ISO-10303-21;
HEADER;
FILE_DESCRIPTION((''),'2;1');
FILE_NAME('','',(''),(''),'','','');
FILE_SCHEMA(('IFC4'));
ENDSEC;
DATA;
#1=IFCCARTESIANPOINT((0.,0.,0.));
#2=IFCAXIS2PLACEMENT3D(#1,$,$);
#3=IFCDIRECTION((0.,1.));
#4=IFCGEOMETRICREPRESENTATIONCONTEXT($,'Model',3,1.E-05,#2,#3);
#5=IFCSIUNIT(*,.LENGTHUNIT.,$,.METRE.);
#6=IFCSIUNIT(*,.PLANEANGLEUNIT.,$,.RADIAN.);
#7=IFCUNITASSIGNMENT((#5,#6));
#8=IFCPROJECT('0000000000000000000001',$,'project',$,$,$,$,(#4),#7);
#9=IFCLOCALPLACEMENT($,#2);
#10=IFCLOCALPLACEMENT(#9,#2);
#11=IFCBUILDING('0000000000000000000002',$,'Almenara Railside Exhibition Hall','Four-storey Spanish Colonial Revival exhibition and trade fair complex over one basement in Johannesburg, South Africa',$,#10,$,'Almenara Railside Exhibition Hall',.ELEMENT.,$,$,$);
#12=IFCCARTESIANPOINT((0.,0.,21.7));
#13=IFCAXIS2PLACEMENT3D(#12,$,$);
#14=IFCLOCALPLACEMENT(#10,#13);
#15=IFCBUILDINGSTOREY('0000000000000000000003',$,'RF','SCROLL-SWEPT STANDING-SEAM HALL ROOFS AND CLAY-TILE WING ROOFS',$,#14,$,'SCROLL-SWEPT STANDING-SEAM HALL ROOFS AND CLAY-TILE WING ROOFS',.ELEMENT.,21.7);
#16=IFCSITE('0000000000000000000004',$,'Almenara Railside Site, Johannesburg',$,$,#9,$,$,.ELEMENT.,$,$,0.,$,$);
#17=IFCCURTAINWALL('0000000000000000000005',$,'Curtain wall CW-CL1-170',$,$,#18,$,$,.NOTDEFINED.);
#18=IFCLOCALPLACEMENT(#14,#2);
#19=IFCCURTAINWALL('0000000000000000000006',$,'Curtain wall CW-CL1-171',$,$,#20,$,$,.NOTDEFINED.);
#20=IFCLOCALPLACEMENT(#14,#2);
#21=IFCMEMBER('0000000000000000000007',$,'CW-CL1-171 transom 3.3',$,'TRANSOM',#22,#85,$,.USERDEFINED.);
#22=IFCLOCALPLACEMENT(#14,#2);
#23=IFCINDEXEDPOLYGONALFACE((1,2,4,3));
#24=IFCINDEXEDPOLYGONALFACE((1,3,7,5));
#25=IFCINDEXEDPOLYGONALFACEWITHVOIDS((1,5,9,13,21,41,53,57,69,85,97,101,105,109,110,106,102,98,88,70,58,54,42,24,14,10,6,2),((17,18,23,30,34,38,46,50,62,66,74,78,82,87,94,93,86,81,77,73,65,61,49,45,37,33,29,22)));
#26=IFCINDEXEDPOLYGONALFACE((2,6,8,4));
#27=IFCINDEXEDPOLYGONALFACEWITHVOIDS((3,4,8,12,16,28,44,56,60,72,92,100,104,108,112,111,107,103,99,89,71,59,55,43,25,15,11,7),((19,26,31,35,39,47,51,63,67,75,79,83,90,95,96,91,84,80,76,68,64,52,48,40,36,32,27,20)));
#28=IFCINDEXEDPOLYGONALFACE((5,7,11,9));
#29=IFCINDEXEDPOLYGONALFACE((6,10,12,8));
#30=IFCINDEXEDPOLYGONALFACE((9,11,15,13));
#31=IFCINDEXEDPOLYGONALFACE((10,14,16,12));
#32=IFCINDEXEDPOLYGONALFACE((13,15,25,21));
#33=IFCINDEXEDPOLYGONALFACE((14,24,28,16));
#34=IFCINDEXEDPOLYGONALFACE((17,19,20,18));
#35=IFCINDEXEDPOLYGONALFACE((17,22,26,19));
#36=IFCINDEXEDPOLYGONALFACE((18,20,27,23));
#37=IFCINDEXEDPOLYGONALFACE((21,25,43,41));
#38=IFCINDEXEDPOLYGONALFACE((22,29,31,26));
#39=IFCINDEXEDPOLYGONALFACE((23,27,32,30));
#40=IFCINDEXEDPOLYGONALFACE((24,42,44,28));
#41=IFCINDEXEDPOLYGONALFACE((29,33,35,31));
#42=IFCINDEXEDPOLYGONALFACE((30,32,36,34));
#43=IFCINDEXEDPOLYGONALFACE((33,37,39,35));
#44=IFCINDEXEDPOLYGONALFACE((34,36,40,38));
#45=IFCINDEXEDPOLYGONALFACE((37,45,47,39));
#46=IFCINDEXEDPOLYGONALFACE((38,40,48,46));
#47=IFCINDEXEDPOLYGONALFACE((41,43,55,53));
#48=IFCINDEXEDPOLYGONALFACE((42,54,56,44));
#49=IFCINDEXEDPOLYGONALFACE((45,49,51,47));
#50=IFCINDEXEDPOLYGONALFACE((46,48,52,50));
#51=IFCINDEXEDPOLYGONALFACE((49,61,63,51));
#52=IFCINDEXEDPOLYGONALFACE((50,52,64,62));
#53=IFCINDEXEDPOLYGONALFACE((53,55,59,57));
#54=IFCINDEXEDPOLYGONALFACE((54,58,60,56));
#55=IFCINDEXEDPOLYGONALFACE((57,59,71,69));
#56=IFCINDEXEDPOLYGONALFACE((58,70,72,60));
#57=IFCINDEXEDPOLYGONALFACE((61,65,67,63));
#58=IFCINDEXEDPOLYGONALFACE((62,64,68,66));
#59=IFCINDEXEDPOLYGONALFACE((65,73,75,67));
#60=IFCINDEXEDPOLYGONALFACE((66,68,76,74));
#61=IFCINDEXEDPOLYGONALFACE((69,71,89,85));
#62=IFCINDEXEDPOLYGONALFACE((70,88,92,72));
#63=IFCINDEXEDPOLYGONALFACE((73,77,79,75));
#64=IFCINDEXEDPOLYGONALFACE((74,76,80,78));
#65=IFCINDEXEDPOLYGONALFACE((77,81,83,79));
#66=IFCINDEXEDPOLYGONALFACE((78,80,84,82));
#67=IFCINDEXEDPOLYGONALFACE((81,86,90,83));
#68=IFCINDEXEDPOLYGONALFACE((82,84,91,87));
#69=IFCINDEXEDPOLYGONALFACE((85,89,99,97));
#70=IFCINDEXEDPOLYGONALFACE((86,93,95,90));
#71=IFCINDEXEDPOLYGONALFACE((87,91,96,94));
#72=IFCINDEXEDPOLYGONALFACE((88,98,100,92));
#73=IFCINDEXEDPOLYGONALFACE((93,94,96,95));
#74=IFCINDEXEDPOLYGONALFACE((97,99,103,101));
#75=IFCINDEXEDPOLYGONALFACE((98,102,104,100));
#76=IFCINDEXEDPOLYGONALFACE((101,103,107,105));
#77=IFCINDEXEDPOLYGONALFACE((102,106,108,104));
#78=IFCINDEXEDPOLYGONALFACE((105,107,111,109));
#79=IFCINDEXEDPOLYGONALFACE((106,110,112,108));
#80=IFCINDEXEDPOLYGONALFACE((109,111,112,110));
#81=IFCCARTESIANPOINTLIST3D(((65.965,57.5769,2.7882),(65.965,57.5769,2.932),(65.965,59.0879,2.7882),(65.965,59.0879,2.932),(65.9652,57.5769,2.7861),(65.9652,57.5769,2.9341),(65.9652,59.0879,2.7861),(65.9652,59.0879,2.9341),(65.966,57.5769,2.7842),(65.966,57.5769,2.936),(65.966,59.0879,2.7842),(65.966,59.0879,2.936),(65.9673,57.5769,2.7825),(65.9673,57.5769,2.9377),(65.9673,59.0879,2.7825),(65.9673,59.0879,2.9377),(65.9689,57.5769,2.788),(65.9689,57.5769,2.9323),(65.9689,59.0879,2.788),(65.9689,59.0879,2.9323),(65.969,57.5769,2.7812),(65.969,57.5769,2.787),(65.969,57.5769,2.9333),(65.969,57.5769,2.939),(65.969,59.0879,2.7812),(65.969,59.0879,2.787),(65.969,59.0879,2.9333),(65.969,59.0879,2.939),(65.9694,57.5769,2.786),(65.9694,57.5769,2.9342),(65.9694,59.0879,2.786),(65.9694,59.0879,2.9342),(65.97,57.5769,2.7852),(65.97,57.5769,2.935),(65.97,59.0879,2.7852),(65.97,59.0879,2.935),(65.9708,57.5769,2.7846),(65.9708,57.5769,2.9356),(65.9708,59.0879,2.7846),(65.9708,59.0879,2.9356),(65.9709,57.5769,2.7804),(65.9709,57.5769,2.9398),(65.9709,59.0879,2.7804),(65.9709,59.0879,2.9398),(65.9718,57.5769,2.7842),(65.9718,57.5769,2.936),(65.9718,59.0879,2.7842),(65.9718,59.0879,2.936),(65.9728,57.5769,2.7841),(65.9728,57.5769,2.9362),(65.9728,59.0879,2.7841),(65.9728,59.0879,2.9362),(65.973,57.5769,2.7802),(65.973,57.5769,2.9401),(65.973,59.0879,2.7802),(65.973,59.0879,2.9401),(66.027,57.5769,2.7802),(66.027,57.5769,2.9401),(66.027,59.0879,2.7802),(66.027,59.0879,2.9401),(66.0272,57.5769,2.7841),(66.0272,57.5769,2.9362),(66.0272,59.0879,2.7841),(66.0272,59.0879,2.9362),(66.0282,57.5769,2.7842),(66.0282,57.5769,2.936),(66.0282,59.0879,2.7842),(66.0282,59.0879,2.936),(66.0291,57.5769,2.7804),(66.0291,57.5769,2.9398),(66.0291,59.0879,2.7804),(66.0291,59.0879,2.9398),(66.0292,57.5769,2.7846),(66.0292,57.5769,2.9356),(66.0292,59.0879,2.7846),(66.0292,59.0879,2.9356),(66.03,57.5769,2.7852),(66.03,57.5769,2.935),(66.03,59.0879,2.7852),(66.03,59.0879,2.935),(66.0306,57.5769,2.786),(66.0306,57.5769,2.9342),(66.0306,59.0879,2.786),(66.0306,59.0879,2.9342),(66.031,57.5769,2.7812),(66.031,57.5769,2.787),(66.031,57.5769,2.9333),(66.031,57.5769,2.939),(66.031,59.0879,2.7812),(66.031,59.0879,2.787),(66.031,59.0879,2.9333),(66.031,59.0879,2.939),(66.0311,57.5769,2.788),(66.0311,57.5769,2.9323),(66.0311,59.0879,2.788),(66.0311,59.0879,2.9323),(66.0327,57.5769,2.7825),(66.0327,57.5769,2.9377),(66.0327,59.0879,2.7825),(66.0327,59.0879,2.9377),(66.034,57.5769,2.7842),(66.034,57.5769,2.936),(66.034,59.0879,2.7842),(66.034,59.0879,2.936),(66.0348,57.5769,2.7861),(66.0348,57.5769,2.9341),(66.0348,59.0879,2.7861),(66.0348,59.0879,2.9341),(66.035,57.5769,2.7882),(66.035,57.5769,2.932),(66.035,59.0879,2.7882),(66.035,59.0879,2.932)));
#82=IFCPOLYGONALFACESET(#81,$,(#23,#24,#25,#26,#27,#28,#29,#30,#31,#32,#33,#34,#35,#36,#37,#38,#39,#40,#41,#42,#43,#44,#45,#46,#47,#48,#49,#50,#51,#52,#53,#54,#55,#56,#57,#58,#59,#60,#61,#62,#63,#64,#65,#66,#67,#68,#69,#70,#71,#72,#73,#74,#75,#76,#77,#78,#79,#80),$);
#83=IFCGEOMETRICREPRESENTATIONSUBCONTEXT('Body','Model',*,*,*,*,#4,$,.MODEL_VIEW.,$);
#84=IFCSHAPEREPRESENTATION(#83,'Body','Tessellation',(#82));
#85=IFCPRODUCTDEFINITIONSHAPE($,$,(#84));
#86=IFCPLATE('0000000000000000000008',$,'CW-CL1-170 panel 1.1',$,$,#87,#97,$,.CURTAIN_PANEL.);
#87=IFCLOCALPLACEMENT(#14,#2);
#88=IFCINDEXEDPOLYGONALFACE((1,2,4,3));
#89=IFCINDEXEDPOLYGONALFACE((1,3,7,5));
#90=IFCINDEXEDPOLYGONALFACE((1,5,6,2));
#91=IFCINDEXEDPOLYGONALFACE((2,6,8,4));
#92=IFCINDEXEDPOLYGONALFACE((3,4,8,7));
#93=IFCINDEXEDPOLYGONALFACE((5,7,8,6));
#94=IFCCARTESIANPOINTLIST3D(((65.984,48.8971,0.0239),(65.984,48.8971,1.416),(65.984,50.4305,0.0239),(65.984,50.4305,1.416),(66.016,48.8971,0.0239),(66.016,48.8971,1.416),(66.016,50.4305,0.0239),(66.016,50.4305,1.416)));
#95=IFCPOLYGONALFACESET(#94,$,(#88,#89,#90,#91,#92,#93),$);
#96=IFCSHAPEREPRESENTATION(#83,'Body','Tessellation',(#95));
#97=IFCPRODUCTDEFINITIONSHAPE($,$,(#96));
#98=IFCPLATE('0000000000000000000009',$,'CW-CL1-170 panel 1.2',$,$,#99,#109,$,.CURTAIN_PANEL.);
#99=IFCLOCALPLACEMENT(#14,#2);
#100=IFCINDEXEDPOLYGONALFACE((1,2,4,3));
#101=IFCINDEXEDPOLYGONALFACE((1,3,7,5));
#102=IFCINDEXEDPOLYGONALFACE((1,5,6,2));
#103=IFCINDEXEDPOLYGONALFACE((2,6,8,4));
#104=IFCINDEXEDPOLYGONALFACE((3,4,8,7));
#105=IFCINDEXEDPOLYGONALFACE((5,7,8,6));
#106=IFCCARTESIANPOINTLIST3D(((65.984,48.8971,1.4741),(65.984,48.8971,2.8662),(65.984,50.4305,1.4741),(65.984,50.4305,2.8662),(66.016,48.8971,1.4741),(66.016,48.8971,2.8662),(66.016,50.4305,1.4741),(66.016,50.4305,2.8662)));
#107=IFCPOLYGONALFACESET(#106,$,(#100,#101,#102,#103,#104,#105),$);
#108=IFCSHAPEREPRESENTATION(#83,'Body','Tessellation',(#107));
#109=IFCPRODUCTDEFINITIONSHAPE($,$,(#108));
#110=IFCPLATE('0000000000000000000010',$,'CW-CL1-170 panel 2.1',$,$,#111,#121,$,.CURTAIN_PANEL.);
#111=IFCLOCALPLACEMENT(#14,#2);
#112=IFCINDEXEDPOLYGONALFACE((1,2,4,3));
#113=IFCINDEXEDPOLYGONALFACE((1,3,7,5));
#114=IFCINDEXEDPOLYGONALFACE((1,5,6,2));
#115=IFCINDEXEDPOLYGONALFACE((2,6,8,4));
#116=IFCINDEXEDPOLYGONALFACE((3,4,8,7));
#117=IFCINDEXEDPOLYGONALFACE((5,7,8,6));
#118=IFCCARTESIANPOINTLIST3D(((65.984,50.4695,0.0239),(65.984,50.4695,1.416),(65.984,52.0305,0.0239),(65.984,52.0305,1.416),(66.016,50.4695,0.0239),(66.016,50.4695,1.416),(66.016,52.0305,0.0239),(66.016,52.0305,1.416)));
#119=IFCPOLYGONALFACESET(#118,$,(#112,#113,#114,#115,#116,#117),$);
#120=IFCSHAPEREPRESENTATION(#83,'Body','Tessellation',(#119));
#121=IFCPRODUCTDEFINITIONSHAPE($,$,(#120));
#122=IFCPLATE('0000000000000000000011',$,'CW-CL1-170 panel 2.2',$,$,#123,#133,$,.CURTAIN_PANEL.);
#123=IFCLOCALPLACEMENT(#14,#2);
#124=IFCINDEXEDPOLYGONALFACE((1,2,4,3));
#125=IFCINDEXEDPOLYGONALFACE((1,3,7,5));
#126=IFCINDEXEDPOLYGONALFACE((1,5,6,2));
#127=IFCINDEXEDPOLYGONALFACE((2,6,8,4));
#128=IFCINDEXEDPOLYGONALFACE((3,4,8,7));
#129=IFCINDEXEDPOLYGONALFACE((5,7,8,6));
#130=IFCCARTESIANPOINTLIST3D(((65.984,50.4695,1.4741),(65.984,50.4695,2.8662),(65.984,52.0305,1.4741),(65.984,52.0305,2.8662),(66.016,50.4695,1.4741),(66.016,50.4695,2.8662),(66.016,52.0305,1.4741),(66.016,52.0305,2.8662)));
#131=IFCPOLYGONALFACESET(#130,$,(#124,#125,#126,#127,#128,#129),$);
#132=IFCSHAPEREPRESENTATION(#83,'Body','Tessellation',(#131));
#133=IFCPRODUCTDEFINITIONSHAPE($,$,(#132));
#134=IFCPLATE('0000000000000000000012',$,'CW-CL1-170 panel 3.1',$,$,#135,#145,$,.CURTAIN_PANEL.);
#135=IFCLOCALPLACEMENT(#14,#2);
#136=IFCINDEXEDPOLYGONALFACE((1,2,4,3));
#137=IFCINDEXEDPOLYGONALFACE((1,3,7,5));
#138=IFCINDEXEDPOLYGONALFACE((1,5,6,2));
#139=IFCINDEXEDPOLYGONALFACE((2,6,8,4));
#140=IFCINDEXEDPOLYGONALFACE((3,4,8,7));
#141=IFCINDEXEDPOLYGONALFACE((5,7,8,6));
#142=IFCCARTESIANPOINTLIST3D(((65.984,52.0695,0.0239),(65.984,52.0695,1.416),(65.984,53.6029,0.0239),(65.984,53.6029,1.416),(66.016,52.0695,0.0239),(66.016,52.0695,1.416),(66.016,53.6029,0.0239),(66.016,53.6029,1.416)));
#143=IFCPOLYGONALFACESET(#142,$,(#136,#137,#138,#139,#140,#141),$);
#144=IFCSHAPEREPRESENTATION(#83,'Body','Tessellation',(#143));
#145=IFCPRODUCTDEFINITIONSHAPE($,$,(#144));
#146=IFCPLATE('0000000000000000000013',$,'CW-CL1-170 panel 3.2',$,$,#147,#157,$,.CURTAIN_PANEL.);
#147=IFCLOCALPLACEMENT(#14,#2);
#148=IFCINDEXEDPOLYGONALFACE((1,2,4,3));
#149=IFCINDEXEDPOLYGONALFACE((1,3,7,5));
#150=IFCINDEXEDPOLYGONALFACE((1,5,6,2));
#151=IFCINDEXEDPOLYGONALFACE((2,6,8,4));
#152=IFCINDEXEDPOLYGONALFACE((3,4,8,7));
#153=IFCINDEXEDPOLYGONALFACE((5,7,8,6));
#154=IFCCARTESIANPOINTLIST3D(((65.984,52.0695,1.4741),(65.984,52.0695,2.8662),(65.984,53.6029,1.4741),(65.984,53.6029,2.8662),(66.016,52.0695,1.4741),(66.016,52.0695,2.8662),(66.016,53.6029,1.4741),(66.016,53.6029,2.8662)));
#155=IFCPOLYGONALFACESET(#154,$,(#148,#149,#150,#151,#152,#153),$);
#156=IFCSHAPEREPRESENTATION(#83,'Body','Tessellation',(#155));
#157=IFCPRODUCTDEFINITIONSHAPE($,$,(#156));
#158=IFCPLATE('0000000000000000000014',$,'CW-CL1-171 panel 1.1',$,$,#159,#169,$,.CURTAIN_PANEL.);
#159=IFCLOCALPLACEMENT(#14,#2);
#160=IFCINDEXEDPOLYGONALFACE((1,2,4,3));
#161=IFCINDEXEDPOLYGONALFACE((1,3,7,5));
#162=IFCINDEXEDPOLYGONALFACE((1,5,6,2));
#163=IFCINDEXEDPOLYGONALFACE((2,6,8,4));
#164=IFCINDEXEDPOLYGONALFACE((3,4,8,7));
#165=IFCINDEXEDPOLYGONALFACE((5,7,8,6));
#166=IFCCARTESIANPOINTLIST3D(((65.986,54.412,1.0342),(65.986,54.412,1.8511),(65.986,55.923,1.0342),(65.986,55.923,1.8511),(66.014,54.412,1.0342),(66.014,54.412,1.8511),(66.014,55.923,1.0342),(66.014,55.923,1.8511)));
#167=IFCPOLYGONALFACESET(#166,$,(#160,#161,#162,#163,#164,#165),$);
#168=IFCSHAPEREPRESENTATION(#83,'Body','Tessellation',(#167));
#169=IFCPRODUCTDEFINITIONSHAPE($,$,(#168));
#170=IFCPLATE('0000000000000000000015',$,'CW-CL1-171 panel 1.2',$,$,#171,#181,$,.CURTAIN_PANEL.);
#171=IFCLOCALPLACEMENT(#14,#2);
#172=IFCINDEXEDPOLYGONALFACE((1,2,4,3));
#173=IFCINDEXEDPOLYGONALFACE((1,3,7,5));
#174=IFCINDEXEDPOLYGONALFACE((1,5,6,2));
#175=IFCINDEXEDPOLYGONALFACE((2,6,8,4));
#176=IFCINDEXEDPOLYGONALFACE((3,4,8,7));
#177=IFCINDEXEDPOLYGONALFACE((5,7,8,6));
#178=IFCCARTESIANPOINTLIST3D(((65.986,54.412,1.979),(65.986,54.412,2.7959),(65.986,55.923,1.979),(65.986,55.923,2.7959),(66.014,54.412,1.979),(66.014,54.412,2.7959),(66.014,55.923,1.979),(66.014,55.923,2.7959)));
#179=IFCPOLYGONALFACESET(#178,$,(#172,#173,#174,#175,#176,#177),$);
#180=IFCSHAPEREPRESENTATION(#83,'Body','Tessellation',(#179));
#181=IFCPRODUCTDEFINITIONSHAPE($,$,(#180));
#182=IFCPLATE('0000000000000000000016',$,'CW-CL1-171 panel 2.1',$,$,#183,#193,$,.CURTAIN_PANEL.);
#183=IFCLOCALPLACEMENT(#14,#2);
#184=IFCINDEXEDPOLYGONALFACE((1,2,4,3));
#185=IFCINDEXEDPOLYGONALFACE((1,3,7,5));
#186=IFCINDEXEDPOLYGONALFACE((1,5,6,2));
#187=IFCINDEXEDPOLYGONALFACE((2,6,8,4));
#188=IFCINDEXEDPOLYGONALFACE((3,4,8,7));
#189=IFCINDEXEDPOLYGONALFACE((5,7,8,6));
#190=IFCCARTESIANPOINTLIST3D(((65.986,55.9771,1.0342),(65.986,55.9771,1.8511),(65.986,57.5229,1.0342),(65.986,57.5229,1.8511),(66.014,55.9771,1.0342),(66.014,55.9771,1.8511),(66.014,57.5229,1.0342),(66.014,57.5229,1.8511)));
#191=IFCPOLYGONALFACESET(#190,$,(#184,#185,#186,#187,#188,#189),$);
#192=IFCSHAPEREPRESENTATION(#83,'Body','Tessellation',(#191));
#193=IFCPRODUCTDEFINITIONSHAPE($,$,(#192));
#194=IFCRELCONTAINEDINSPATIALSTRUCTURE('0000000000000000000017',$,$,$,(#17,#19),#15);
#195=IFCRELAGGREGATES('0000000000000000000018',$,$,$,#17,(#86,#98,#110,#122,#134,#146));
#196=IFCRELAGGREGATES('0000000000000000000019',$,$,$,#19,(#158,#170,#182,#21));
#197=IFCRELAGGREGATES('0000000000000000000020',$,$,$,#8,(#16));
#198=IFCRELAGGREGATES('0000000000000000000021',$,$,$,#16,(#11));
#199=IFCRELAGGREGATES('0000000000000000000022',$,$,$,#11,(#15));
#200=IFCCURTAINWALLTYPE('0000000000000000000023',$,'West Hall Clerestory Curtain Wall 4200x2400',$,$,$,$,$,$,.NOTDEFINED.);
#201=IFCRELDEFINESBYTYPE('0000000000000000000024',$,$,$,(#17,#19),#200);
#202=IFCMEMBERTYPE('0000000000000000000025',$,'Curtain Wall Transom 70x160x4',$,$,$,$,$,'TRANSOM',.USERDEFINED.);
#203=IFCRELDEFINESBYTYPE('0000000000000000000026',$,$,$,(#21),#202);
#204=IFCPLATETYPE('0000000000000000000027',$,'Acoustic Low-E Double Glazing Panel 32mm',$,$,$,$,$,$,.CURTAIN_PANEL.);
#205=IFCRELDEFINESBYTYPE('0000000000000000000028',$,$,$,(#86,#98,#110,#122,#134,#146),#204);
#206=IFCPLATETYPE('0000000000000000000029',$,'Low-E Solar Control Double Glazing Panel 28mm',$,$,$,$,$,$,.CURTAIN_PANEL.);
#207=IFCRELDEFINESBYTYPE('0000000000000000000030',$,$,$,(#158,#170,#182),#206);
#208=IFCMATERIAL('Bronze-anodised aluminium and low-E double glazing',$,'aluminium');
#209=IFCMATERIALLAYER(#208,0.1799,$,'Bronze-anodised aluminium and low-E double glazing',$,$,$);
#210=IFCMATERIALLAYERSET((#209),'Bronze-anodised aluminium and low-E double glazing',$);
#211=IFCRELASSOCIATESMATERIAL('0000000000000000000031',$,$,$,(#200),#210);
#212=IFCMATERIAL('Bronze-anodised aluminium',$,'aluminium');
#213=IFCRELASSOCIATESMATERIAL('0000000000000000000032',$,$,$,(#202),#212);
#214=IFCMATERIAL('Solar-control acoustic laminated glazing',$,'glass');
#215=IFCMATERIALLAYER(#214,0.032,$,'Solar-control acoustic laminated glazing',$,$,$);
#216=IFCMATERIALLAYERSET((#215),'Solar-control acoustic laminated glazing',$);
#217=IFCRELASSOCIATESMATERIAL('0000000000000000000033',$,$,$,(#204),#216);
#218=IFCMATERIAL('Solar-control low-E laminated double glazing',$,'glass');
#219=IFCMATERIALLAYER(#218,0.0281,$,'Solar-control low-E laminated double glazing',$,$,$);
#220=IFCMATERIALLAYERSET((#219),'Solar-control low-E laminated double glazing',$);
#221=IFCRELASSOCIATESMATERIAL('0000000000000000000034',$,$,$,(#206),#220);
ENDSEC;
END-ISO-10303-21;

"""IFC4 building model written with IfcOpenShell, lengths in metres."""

from ifc_helpers import new_model, si_unit, direction, frame, origin, origin_2d, place, context, subcontext, project, spatial, rectangle, hollow_rectangle, extrude, material, layer, layer_set, material_profile, profile_set, type_object, element, aggregate, save


model = new_model("IFC4")

# Units and contexts
model_context = context("Model", 3, precision=1e-05, world=origin(), true_north=direction((0.0, 1.0)))
body_context = subcontext(model_context, "Body", "Model", "MODEL_VIEW")
ifc_project = project(units=[si_unit("LENGTHUNIT", "METRE"), si_unit("PLANEANGLEUNIT", "RADIAN")], contexts=[model_context])

# Site, building, storey
site_placement = place(None, origin())
site = spatial("IfcSite", under=ifc_project, at=site_placement, Name="Almenara Railside Site, Johannesburg", CompositionType="ELEMENT", RefElevation=0.0)
building_placement = place(site_placement, origin())
building = spatial("IfcBuilding", under=site, at=building_placement, Name="Almenara Railside Exhibition Hall", Description="Four-storey Spanish Colonial Revival exhibition and trade fair complex over one basement in Johannesburg, South Africa", LongName="Almenara Railside Exhibition Hall", CompositionType="ELEMENT")
storey_placement = place(building_placement, frame((0.0, 0.0, 21.7)))
storey = spatial("IfcBuildingStorey", under=building, at=storey_placement, Name="RF", Description="SCROLL-SWEPT STANDING-SEAM HALL ROOFS AND CLAY-TILE WING ROOFS", LongName="SCROLL-SWEPT STANDING-SEAM HALL ROOFS AND CLAY-TILE WING ROOFS", CompositionType="ELEMENT", Elevation=21.7)

# Curtain walls
ifc_material_1 = material(Name="Bronze-anodised aluminium and low-E double glazing", Category="aluminium")
ifc_layer_1 = layer(ifc_material_1, 0.1799, Name="Bronze-anodised aluminium and low-E double glazing")
ifc_layer_set_1 = layer_set([ifc_layer_1], Name="Bronze-anodised aluminium and low-E double glazing")
curtain_wall_type = type_object("IfcCurtainWallType", Name="West Hall Clerestory Curtain Wall 4200x2400", PredefinedType="NOTDEFINED", material=ifc_layer_set_1)
curtain_wall_1_placement = place(storey_placement, origin())
curtain_wall_1 = element("IfcCurtainWall", 1, at=curtain_wall_1_placement, inside=storey, type_object=curtain_wall_type, Name="Curtain wall CW-CL1-170", PredefinedType="NOTDEFINED")
ifc_material_2 = material(Name="Bronze-anodised aluminium", Category="aluminium")
curtain_wall_2_placement = place(storey_placement, origin())
curtain_wall_2 = element("IfcCurtainWall", 2, at=curtain_wall_2_placement, inside=storey, type_object=curtain_wall_type, Name="Curtain wall CW-CL1-171", PredefinedType="NOTDEFINED")

# Member
ifc_material_profile_1 = material_profile(ifc_material_2, hollow_rectangle(XDim=0.0701, YDim=0.1599, WallThickness=0.0039, InnerFilletRadius=0.0039, OuterFilletRadius=0.0081, at=origin_2d()), Name="ALU-TRN 70x160x4")
ifc_profile_set_1 = profile_set([ifc_material_profile_1], Name="Bronze-anodised aluminium")
member_type_1 = type_object("IfcMemberType", Name="Curtain Wall Transom 70x160x4", ElementType="TRANSOM", PredefinedType="USERDEFINED", material=ifc_profile_set_1)
member_1_placement = place(storey_placement, frame((66.0, 57.5769, 2.8601), z_axis=(0.0, 1.0, 0.0), x_axis=(-1.0, 0.0, 0.0)))
member_1 = element("IfcMember", 3, at=member_1_placement, type_object=member_type_1, Name="CW-CL1-171 transom 3.3", ObjectType="TRANSOM", PredefinedType="USERDEFINED", context=body_context, shape_type="SweptSolid", body=[
    extrude(hollow_rectangle(XDim=0.0701, YDim=0.1599, WallThickness=0.0039, InnerFilletRadius=0.0039, OuterFilletRadius=0.0081, at=origin_2d()), origin(), (0.0, 0.0, 1.0), 1.511),
])

# Plates
ifc_material_3 = material(Name="Solar-control acoustic laminated glazing", Category="glass")
ifc_layer_2 = layer(ifc_material_3, 0.032, Name="Solar-control acoustic laminated glazing")
ifc_layer_set_2 = layer_set([ifc_layer_2], Name="Solar-control acoustic laminated glazing")
plate_type_1 = type_object("IfcPlateType", Name="Acoustic Low-E Double Glazing Panel 32mm", PredefinedType="CURTAIN_PANEL", material=ifc_layer_set_2)
plate_1_placement = place(storey_placement, frame((66.0, 49.6638, 0.0239), z_axis=(0.0, 0.0, 1.0), x_axis=(0.0, 1.0, 0.0)))
plate_1 = element("IfcPlate", 4, at=plate_1_placement, type_object=plate_type_1, Name="CW-CL1-170 panel 1.1", PredefinedType="CURTAIN_PANEL", context=body_context, shape_type="SweptSolid", body=[
    extrude(rectangle(XDim=1.5334, YDim=0.032, at=origin_2d()), origin(), (0.0, 0.0, 1.0), 1.3921),
])
plate_2_placement = place(storey_placement, frame((66.0, 49.6638, 1.4741), z_axis=(0.0, 0.0, 1.0), x_axis=(0.0, 1.0, 0.0)))
plate_2 = element("IfcPlate", 5, at=plate_2_placement, type_object=plate_type_1, Name="CW-CL1-170 panel 1.2", PredefinedType="CURTAIN_PANEL", context=body_context, shape_type="SweptSolid", body=[
    extrude(rectangle(XDim=1.5334, YDim=0.032, at=origin_2d()), origin(), (0.0, 0.0, 1.0), 1.3921),
])
plate_3_placement = place(storey_placement, frame((66.0, 51.25, 0.0239), z_axis=(0.0, 0.0, 1.0), x_axis=(0.0, 1.0, 0.0)))
plate_3 = element("IfcPlate", 6, at=plate_3_placement, type_object=plate_type_1, Name="CW-CL1-170 panel 2.1", PredefinedType="CURTAIN_PANEL", context=body_context, shape_type="SweptSolid", body=[
    extrude(rectangle(XDim=1.561, YDim=0.032, at=origin_2d()), origin(), (0.0, 0.0, 1.0), 1.3921),
])
plate_4_placement = place(storey_placement, frame((66.0, 51.25, 1.4741), z_axis=(0.0, 0.0, 1.0), x_axis=(0.0, 1.0, 0.0)))
plate_4 = element("IfcPlate", 7, at=plate_4_placement, type_object=plate_type_1, Name="CW-CL1-170 panel 2.2", PredefinedType="CURTAIN_PANEL", context=body_context, shape_type="SweptSolid", body=[
    extrude(rectangle(XDim=1.561, YDim=0.032, at=origin_2d()), origin(), (0.0, 0.0, 1.0), 1.3921),
])
plate_5_placement = place(storey_placement, frame((66.0, 52.8362, 0.0239), z_axis=(0.0, 0.0, 1.0), x_axis=(0.0, 1.0, 0.0)))
plate_5 = element("IfcPlate", 8, at=plate_5_placement, type_object=plate_type_1, Name="CW-CL1-170 panel 3.1", PredefinedType="CURTAIN_PANEL", context=body_context, shape_type="SweptSolid", body=[
    extrude(rectangle(XDim=1.5334, YDim=0.032, at=origin_2d()), origin(), (0.0, 0.0, 1.0), 1.3921),
])
plate_6_placement = place(storey_placement, frame((66.0, 52.8362, 1.4741), z_axis=(0.0, 0.0, 1.0), x_axis=(0.0, 1.0, 0.0)))
plate_6 = element("IfcPlate", 9, at=plate_6_placement, type_object=plate_type_1, Name="CW-CL1-170 panel 3.2", PredefinedType="CURTAIN_PANEL", context=body_context, shape_type="SweptSolid", body=[
    extrude(rectangle(XDim=1.5334, YDim=0.032, at=origin_2d()), origin(), (0.0, 0.0, 1.0), 1.3921),
])
aggregate(curtain_wall_1, [plate_1, plate_2, plate_3, plate_4, plate_5, plate_6])
ifc_material_4 = material(Name="Solar-control low-E laminated double glazing", Category="glass")
ifc_layer_3 = layer(ifc_material_4, 0.0281, Name="Solar-control low-E laminated double glazing")
ifc_layer_set_3 = layer_set([ifc_layer_3], Name="Solar-control low-E laminated double glazing")
plate_type_2 = type_object("IfcPlateType", Name="Low-E Solar Control Double Glazing Panel 28mm", PredefinedType="CURTAIN_PANEL", material=ifc_layer_set_3)
plate_7_placement = place(storey_placement, frame((66.0, 55.1675, 1.0342), z_axis=(0.0, 0.0, 1.0), x_axis=(0.0, 1.0, 0.0)))
plate_7 = element("IfcPlate", 10, at=plate_7_placement, type_object=plate_type_2, Name="CW-CL1-171 panel 1.1", PredefinedType="CURTAIN_PANEL", context=body_context, shape_type="SweptSolid", body=[
    extrude(rectangle(XDim=1.511, YDim=0.0281, at=origin_2d()), origin(), (0.0, 0.0, 1.0), 0.8169),
])
plate_8_placement = place(storey_placement, frame((66.0, 55.1675, 1.979), z_axis=(0.0, 0.0, 1.0), x_axis=(0.0, 1.0, 0.0)))
plate_8 = element("IfcPlate", 11, at=plate_8_placement, type_object=plate_type_2, Name="CW-CL1-171 panel 1.2", PredefinedType="CURTAIN_PANEL", context=body_context, shape_type="SweptSolid", body=[
    extrude(rectangle(XDim=1.511, YDim=0.0281, at=origin_2d()), origin(), (0.0, 0.0, 1.0), 0.8169),
])
plate_9_placement = place(storey_placement, frame((66.0, 56.75, 1.0342), z_axis=(0.0, 0.0, 1.0), x_axis=(0.0, 1.0, 0.0)))
plate_9 = element("IfcPlate", 12, at=plate_9_placement, type_object=plate_type_2, Name="CW-CL1-171 panel 2.1", PredefinedType="CURTAIN_PANEL", context=body_context, shape_type="SweptSolid", body=[
    extrude(rectangle(XDim=1.5459, YDim=0.0281, at=origin_2d()), origin(), (0.0, 0.0, 1.0), 0.8169),
])
aggregate(curtain_wall_2, [plate_7, plate_8, plate_9, member_1])

save(model, "model.ifc")
